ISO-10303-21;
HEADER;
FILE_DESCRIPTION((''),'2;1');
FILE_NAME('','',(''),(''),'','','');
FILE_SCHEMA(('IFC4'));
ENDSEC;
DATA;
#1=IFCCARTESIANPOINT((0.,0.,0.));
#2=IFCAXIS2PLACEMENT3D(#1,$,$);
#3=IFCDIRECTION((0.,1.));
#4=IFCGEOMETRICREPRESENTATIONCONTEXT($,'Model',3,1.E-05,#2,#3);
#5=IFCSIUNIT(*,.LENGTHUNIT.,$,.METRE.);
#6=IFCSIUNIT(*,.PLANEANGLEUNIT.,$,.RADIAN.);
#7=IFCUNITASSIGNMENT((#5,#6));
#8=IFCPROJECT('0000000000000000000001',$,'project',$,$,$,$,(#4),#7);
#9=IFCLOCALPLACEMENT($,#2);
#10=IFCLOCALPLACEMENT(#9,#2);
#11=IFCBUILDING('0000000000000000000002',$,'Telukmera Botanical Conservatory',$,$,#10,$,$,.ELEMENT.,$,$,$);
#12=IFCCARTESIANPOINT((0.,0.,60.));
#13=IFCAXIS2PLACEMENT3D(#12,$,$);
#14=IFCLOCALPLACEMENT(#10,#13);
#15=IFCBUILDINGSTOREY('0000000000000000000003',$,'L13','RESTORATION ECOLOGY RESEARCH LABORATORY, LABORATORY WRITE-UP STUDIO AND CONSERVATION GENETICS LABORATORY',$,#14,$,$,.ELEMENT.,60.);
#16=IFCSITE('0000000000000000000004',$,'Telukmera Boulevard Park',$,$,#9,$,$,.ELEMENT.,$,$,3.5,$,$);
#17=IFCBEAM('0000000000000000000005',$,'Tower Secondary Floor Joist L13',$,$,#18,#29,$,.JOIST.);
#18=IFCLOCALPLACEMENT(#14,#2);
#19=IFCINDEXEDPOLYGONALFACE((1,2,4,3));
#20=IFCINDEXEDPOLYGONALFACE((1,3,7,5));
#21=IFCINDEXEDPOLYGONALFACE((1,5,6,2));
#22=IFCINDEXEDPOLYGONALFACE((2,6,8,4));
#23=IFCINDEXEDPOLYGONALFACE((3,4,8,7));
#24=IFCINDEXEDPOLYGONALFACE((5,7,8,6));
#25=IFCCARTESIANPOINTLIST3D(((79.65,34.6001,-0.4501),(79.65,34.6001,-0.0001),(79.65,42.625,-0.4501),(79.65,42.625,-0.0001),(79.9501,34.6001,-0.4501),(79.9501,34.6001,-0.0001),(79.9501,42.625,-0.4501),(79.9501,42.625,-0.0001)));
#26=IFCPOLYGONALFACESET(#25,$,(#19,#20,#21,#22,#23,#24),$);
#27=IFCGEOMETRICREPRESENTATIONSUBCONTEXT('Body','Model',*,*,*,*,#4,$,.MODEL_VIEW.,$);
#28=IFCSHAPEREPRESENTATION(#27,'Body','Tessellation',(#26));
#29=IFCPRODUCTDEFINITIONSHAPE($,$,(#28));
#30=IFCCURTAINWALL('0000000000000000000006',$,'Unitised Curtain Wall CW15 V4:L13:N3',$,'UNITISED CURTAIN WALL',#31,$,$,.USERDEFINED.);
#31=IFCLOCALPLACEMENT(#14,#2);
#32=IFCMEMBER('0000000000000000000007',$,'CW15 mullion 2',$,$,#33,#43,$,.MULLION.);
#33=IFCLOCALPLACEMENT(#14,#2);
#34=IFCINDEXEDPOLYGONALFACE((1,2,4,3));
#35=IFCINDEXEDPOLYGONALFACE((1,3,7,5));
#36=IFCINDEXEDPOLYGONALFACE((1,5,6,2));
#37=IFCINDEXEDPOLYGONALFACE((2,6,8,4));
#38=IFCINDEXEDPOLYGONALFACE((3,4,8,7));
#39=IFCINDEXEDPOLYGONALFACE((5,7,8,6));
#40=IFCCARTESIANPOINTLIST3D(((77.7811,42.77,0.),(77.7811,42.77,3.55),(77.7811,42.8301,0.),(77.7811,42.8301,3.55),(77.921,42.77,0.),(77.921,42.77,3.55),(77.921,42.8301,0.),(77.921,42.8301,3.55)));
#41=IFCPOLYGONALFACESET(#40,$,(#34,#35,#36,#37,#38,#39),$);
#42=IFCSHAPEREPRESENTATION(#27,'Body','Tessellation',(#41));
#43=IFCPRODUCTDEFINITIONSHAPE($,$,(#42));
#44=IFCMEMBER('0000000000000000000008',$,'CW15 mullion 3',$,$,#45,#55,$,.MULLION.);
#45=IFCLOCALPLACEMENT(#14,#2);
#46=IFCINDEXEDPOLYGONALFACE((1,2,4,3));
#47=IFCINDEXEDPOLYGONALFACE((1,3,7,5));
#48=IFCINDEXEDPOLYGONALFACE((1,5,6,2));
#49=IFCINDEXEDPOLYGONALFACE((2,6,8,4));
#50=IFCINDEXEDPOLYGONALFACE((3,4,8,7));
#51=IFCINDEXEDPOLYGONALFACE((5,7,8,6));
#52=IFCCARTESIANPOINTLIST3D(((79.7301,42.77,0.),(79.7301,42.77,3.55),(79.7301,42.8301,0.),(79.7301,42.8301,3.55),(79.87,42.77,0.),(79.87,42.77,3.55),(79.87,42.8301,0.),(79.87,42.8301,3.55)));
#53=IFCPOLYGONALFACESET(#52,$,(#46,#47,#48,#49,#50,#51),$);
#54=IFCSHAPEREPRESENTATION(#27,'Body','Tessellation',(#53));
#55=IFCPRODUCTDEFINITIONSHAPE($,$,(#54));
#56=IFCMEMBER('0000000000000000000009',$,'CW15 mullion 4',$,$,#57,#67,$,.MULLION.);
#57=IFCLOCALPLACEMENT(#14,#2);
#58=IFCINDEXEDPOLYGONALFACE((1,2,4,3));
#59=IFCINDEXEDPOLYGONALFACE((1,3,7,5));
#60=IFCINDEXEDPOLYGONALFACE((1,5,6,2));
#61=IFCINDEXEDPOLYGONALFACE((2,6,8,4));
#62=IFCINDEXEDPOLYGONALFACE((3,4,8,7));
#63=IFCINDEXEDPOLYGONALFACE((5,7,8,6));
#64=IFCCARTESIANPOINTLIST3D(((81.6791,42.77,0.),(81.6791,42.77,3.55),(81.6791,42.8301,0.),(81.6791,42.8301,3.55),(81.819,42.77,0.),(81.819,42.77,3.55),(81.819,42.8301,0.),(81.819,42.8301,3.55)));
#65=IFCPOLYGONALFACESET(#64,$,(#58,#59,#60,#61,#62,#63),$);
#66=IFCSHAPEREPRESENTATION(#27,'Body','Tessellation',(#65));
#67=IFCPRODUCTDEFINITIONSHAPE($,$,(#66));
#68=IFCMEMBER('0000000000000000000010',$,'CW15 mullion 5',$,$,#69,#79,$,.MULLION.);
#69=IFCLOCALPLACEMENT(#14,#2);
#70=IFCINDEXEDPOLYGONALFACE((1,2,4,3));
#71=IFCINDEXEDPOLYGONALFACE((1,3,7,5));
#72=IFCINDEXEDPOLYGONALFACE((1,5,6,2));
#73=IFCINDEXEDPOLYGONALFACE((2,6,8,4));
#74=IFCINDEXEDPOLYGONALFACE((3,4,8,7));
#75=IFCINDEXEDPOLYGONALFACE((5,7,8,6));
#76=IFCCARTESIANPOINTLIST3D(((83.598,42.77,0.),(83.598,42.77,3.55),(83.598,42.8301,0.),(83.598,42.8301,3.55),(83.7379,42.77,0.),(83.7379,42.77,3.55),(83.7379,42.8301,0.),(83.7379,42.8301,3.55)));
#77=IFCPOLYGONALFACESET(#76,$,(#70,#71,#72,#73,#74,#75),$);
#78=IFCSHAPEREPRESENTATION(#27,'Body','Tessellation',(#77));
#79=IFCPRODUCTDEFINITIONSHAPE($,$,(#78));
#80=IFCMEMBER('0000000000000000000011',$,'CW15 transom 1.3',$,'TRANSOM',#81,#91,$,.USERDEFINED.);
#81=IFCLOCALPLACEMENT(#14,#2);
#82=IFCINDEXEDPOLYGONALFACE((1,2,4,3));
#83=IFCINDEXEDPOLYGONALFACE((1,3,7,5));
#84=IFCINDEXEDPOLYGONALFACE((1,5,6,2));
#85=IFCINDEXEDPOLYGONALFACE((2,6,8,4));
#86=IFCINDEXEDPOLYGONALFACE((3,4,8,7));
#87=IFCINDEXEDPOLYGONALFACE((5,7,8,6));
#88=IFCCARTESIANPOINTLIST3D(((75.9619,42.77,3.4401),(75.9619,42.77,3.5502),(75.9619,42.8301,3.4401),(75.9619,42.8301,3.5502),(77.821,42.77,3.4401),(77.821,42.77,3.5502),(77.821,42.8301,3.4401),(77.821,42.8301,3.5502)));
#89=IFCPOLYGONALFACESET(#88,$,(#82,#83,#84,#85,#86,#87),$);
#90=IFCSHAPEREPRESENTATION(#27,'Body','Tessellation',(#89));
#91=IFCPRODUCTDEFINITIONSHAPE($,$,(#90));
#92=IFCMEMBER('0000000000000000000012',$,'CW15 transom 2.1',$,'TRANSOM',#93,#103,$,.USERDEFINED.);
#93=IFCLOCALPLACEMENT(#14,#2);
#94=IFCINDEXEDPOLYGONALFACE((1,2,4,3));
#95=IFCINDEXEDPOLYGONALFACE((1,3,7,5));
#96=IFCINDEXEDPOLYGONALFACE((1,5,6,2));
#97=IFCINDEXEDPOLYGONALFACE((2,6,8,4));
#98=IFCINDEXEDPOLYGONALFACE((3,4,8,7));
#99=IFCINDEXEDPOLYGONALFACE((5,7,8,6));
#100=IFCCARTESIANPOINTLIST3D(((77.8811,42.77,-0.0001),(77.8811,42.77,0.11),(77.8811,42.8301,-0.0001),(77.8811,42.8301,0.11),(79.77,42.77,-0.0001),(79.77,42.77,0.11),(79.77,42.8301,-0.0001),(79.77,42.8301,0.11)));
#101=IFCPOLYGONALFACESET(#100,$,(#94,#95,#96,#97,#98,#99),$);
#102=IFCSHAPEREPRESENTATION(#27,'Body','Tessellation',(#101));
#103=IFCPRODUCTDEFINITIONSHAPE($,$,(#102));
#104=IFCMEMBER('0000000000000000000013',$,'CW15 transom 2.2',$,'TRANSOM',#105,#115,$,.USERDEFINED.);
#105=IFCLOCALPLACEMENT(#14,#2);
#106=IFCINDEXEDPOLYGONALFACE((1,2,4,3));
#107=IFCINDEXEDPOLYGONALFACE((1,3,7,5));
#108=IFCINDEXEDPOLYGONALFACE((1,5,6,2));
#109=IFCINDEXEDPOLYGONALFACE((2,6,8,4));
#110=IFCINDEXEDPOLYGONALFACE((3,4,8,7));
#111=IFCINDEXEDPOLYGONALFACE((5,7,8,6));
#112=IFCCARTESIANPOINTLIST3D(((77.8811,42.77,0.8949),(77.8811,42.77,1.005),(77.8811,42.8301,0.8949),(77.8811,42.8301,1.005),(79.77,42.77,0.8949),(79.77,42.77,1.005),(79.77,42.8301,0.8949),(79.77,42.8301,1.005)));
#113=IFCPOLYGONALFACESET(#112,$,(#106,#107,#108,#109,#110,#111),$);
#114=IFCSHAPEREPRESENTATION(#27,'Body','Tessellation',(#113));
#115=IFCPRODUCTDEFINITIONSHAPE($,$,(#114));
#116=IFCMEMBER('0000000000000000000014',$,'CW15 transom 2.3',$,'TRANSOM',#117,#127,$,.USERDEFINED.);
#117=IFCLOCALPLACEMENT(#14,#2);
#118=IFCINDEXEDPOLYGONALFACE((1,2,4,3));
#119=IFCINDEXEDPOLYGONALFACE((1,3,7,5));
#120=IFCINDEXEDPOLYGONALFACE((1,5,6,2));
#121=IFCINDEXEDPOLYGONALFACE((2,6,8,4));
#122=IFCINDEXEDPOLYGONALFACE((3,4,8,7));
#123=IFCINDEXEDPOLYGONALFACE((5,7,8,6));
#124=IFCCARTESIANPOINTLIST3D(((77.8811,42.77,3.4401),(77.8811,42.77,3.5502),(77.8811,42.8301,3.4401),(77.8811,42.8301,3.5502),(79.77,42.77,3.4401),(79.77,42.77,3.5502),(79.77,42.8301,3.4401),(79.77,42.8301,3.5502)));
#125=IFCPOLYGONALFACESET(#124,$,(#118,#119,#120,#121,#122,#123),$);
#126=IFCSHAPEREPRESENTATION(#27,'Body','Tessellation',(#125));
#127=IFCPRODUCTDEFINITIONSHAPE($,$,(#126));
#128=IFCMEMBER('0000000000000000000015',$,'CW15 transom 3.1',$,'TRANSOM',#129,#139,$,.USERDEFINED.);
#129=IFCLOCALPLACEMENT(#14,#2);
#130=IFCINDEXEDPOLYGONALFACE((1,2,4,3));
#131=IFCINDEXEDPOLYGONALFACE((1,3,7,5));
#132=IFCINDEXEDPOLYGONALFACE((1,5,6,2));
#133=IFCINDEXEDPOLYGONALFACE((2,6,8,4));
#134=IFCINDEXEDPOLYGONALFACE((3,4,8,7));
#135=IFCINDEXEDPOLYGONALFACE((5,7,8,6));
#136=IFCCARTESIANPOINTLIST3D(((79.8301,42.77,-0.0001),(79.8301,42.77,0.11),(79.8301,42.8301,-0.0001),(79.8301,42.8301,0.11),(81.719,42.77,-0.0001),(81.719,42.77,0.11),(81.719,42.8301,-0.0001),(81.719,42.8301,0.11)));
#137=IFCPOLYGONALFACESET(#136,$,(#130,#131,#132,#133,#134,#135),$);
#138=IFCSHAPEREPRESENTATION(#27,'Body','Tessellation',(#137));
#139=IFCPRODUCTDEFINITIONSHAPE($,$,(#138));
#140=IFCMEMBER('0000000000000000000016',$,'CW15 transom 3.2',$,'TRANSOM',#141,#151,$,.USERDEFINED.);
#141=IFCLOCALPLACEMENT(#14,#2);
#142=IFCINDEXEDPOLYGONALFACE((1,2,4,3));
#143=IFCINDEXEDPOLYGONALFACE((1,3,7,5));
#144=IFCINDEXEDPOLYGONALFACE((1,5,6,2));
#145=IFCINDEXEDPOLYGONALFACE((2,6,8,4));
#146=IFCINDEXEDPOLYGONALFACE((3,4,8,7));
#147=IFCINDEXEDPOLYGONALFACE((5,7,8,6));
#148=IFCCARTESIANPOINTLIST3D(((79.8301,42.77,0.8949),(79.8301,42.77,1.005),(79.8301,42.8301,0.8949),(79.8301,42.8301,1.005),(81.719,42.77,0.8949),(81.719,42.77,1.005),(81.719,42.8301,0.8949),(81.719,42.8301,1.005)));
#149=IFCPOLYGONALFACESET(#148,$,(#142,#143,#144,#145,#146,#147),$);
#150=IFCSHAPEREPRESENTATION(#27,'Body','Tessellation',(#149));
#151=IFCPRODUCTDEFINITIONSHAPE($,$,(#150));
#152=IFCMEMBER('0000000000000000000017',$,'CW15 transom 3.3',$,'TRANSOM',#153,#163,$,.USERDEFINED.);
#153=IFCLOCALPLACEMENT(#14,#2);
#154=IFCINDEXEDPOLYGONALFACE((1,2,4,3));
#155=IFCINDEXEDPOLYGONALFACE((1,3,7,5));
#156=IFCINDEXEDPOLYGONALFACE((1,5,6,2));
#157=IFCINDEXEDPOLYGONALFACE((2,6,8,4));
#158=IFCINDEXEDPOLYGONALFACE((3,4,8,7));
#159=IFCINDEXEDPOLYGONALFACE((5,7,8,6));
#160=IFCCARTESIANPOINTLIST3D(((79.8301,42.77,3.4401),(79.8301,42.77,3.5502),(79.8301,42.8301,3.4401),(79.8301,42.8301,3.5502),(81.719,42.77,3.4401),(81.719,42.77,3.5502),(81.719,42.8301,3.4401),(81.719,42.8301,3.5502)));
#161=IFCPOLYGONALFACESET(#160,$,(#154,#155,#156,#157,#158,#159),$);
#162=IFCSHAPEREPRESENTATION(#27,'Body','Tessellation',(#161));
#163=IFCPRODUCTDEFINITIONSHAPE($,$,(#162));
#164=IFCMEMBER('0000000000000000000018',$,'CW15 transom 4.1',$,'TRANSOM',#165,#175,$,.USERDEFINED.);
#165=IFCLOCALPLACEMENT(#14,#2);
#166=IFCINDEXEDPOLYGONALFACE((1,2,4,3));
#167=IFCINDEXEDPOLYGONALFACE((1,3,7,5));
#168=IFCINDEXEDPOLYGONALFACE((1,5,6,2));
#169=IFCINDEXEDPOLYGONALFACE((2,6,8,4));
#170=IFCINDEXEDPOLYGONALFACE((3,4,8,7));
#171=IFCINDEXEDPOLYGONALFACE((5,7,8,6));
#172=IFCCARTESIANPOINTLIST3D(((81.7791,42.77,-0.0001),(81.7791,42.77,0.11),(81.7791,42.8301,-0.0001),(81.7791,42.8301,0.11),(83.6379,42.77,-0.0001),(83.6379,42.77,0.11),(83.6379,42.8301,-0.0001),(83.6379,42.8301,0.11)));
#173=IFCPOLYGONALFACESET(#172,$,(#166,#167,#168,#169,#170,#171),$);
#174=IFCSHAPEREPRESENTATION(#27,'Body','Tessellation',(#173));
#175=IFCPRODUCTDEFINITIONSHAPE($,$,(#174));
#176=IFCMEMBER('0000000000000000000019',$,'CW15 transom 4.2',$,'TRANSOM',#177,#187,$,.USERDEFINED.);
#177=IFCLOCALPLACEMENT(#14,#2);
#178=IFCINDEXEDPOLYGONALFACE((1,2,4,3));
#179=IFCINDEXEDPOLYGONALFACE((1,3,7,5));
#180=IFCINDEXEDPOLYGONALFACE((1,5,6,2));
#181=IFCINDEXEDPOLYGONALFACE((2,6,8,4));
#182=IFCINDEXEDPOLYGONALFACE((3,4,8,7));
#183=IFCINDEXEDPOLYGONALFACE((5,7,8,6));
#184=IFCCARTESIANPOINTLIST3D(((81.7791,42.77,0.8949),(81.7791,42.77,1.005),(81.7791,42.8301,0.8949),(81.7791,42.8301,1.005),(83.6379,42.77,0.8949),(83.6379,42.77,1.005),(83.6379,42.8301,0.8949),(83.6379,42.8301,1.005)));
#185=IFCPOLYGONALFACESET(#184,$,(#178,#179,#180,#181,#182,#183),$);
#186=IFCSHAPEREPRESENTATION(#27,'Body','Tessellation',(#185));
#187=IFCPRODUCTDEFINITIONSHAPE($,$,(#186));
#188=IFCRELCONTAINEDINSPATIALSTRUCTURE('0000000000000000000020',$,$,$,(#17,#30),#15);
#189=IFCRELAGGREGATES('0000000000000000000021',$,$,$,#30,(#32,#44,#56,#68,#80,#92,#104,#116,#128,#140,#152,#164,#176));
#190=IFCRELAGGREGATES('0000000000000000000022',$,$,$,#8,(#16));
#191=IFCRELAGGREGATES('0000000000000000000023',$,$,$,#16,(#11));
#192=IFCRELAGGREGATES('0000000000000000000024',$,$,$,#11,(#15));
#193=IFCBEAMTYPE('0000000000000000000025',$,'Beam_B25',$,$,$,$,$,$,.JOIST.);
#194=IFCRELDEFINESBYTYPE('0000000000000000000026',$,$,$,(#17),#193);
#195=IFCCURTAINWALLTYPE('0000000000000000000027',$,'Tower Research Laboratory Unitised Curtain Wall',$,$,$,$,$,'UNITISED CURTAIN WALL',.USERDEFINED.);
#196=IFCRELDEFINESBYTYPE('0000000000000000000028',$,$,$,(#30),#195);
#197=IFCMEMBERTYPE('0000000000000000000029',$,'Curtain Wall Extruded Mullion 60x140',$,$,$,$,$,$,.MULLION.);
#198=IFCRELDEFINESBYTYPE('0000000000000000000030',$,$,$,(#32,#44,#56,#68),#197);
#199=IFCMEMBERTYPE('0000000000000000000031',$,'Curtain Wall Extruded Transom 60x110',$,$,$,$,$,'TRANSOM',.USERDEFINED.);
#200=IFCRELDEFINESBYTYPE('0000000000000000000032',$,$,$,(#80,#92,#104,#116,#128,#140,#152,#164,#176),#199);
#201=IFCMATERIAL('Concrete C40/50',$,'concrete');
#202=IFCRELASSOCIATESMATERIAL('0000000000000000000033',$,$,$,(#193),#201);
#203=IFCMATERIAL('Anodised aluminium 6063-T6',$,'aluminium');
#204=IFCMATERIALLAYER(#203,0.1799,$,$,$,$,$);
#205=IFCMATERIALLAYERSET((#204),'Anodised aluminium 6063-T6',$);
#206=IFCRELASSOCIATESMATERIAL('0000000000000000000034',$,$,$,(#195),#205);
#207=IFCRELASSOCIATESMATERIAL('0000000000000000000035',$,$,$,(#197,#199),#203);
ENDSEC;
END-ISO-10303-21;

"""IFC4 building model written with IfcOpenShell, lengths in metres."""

from ifc_helpers import new_model, si_unit, direction, frame, origin, origin_2d, place, context, subcontext, project, spatial, rectangle, extrude, material, layer, layer_set, material_profile, profile_set, type_object, element, aggregate, save


model = new_model("IFC4")

# Units and contexts
model_context = context("Model", 3, precision=1e-05, world=origin(), true_north=direction((0.0, 1.0)))
body_context = subcontext(model_context, "Body", "Model", "MODEL_VIEW")
ifc_project = project(units=[si_unit("LENGTHUNIT", "METRE"), si_unit("PLANEANGLEUNIT", "RADIAN")], contexts=[model_context])

# Site, building, storey
site_placement = place(None, origin())
site = spatial("IfcSite", under=ifc_project, at=site_placement, Name="Telukmera Boulevard Park", CompositionType="ELEMENT", RefElevation=3.5)
building_placement = place(site_placement, origin())
building = spatial("IfcBuilding", under=site, at=building_placement, Name="Telukmera Botanical Conservatory", CompositionType="ELEMENT")
storey_placement = place(building_placement, frame((0.0, 0.0, 60.0)))
storey = spatial("IfcBuildingStorey", under=building, at=storey_placement, Name="L13", Description="RESTORATION ECOLOGY RESEARCH LABORATORY, LABORATORY WRITE-UP STUDIO AND CONSERVATION GENETICS LABORATORY", CompositionType="ELEMENT", Elevation=60.0)

# Beam
ifc_material_1 = material(Name="Concrete C40/50", Category="concrete")
ifc_material_profile_1 = material_profile(ifc_material_1, rectangle(XDim=0.3, YDim=0.45, at=origin_2d()), Name="RC 300x450")
ifc_profile_set_1 = profile_set([ifc_material_profile_1], Name="Concrete C40/50")
beam_type = type_object("IfcBeamType", Name="Beam_B25", PredefinedType="JOIST", material=ifc_profile_set_1)
beam_placement = place(storey_placement, frame((79.8, 34.6001, -0.2251), z_axis=(0.0, 1.0, 0.0), x_axis=(-1.0, 0.0, 0.0)))
element("IfcBeam", 1, at=beam_placement, inside=storey, type_object=beam_type, Name="Tower Secondary Floor Joist L13", PredefinedType="JOIST", context=body_context, shape_type="SweptSolid", body=[
    extrude(rectangle(XDim=0.3, YDim=0.45, at=origin_2d()), origin(), (0.0, 0.0, 1.0), 8.0249),
])

# Curtain wall, members
ifc_material_2 = material(Name="Anodised aluminium 6063-T6", Category="aluminium")
ifc_layer_1 = layer(ifc_material_2, 0.1799)
ifc_layer_set_1 = layer_set([ifc_layer_1], Name="Anodised aluminium 6063-T6")
curtain_wall_type = type_object("IfcCurtainWallType", Name="Tower Research Laboratory Unitised Curtain Wall", ElementType="UNITISED CURTAIN WALL", PredefinedType="USERDEFINED", material=ifc_layer_set_1)
curtain_wall_placement = place(storey_placement, origin())
curtain_wall = element("IfcCurtainWall", 2, at=curtain_wall_placement, inside=storey, type_object=curtain_wall_type, Name="Unitised Curtain Wall CW15 V4:L13:N3", ObjectType="UNITISED CURTAIN WALL", PredefinedType="USERDEFINED")
ifc_material_profile_2 = material_profile(ifc_material_2, rectangle(XDim=0.0601, YDim=0.1399, at=origin_2d()), Name="ALU MULL 60x140")
ifc_profile_set_2 = profile_set([ifc_material_profile_2], Name="Anodised aluminium 6063-T6")
member_type_1 = type_object("IfcMemberType", Name="Curtain Wall Extruded Mullion 60x140", PredefinedType="MULLION", material=ifc_profile_set_2)
member_1_placement = place(storey_placement, frame((77.8511, 42.8, 0.0), z_axis=(0.0, 0.0, 1.0), x_axis=(0.0, 1.0, 0.0)))
member_1 = element("IfcMember", 3, at=member_1_placement, type_object=member_type_1, Name="CW15 mullion 2", PredefinedType="MULLION", context=body_context, shape_type="SweptSolid", body=[
    extrude(rectangle(XDim=0.0601, YDim=0.1399, at=origin_2d()), origin(), (0.0, 0.0, 1.0), 3.55),
])
member_2_placement = place(storey_placement, frame((79.8, 42.8, 0.0), z_axis=(0.0, 0.0, 1.0), x_axis=(0.0, 1.0, 0.0)))
member_2 = element("IfcMember", 4, at=member_2_placement, type_object=member_type_1, Name="CW15 mullion 3", PredefinedType="MULLION", context=body_context, shape_type="SweptSolid", body=[
    extrude(rectangle(XDim=0.0601, YDim=0.1399, at=origin_2d()), origin(), (0.0, 0.0, 1.0), 3.55),
])
member_3_placement = place(storey_placement, frame((81.749, 42.8, 0.0), z_axis=(0.0, 0.0, 1.0), x_axis=(0.0, 1.0, 0.0)))
member_3 = element("IfcMember", 5, at=member_3_placement, type_object=member_type_1, Name="CW15 mullion 4", PredefinedType="MULLION", context=body_context, shape_type="SweptSolid", body=[
    extrude(rectangle(XDim=0.0601, YDim=0.1399, at=origin_2d()), origin(), (0.0, 0.0, 1.0), 3.55),
])
member_4_placement = place(storey_placement, frame((83.668, 42.8, 0.0), z_axis=(0.0, 0.0, 1.0), x_axis=(0.0, 1.0, 0.0)))
member_4 = element("IfcMember", 6, at=member_4_placement, type_object=member_type_1, Name="CW15 mullion 5", PredefinedType="MULLION", context=body_context, shape_type="SweptSolid", body=[
    extrude(rectangle(XDim=0.0601, YDim=0.1399, at=origin_2d()), origin(), (0.0, 0.0, 1.0), 3.55),
])
ifc_material_profile_3 = material_profile(ifc_material_2, rectangle(XDim=0.0601, YDim=0.1101, at=origin_2d()), Name="ALU TRAN 60x110")
ifc_profile_set_3 = profile_set([ifc_material_profile_3], Name="Anodised aluminium 6063-T6")
member_type_2 = type_object("IfcMemberType", Name="Curtain Wall Extruded Transom 60x110", ElementType="TRANSOM", PredefinedType="USERDEFINED", material=ifc_profile_set_3)
member_5_placement = place(storey_placement, frame((75.9619, 42.8, 3.4951), z_axis=(1.0, 0.0, 0.0), x_axis=(0.0, 1.0, 0.0)))
member_5 = element("IfcMember", 7, at=member_5_placement, type_object=member_type_2, Name="CW15 transom 1.3", ObjectType="TRANSOM", PredefinedType="USERDEFINED", context=body_context, shape_type="SweptSolid", body=[
    extrude(rectangle(XDim=0.0601, YDim=0.1101, at=origin_2d()), origin(), (0.0, 0.0, 1.0), 1.8591),
])
member_6_placement = place(storey_placement, frame((77.8811, 42.8, 0.0549), z_axis=(1.0, 0.0, 0.0), x_axis=(0.0, 1.0, 0.0)))
member_6 = element("IfcMember", 8, at=member_6_placement, type_object=member_type_2, Name="CW15 transom 2.1", ObjectType="TRANSOM", PredefinedType="USERDEFINED", context=body_context, shape_type="SweptSolid", body=[
    extrude(rectangle(XDim=0.0601, YDim=0.1101, at=origin_2d()), origin(), (0.0, 0.0, 1.0), 1.8889),
])
member_7_placement = place(storey_placement, frame((77.8811, 42.8, 0.95), z_axis=(1.0, 0.0, 0.0), x_axis=(0.0, 1.0, 0.0)))
member_7 = element("IfcMember", 9, at=member_7_placement, type_object=member_type_2, Name="CW15 transom 2.2", ObjectType="TRANSOM", PredefinedType="USERDEFINED", context=body_context, shape_type="SweptSolid", body=[
    extrude(rectangle(XDim=0.0601, YDim=0.1101, at=origin_2d()), origin(), (0.0, 0.0, 1.0), 1.8889),
])
member_8_placement = place(storey_placement, frame((77.8811, 42.8, 3.4951), z_axis=(1.0, 0.0, 0.0), x_axis=(0.0, 1.0, 0.0)))
member_8 = element("IfcMember", 10, at=member_8_placement, type_object=member_type_2, Name="CW15 transom 2.3", ObjectType="TRANSOM", PredefinedType="USERDEFINED", context=body_context, shape_type="SweptSolid", body=[
    extrude(rectangle(XDim=0.0601, YDim=0.1101, at=origin_2d()), origin(), (0.0, 0.0, 1.0), 1.8889),
])
member_9_placement = place(storey_placement, frame((79.8301, 42.8, 0.0549), z_axis=(1.0, 0.0, 0.0), x_axis=(0.0, 1.0, 0.0)))
member_9 = element("IfcMember", 11, at=member_9_placement, type_object=member_type_2, Name="CW15 transom 3.1", ObjectType="TRANSOM", PredefinedType="USERDEFINED", context=body_context, shape_type="SweptSolid", body=[
    extrude(rectangle(XDim=0.0601, YDim=0.1101, at=origin_2d()), origin(), (0.0, 0.0, 1.0), 1.8889),
])
member_10_placement = place(storey_placement, frame((79.8301, 42.8, 0.95), z_axis=(1.0, 0.0, 0.0), x_axis=(0.0, 1.0, 0.0)))
member_10 = element("IfcMember", 12, at=member_10_placement, type_object=member_type_2, Name="CW15 transom 3.2", ObjectType="TRANSOM", PredefinedType="USERDEFINED", context=body_context, shape_type="SweptSolid", body=[
    extrude(rectangle(XDim=0.0601, YDim=0.1101, at=origin_2d()), origin(), (0.0, 0.0, 1.0), 1.8889),
])
member_11_placement = place(storey_placement, frame((79.8301, 42.8, 3.4951), z_axis=(1.0, 0.0, 0.0), x_axis=(0.0, 1.0, 0.0)))
member_11 = element("IfcMember", 13, at=member_11_placement, type_object=member_type_2, Name="CW15 transom 3.3", ObjectType="TRANSOM", PredefinedType="USERDEFINED", context=body_context, shape_type="SweptSolid", body=[
    extrude(rectangle(XDim=0.0601, YDim=0.1101, at=origin_2d()), origin(), (0.0, 0.0, 1.0), 1.8889),
])
member_12_placement = place(storey_placement, frame((81.7791, 42.8, 0.0549), z_axis=(1.0, 0.0, 0.0), x_axis=(0.0, 1.0, 0.0)))
member_12 = element("IfcMember", 14, at=member_12_placement, type_object=member_type_2, Name="CW15 transom 4.1", ObjectType="TRANSOM", PredefinedType="USERDEFINED", context=body_context, shape_type="SweptSolid", body=[
    extrude(rectangle(XDim=0.0601, YDim=0.1101, at=origin_2d()), origin(), (0.0, 0.0, 1.0), 1.8589),
])
member_13_placement = place(storey_placement, frame((81.7791, 42.8, 0.95), z_axis=(1.0, 0.0, 0.0), x_axis=(0.0, 1.0, 0.0)))
member_13 = element("IfcMember", 15, at=member_13_placement, type_object=member_type_2, Name="CW15 transom 4.2", ObjectType="TRANSOM", PredefinedType="USERDEFINED", context=body_context, shape_type="SweptSolid", body=[
    extrude(rectangle(XDim=0.0601, YDim=0.1101, at=origin_2d()), origin(), (0.0, 0.0, 1.0), 1.8589),
])
aggregate(curtain_wall, [member_1, member_2, member_3, member_4, member_5, member_6, member_7, member_8, member_9, member_10, member_11, member_12, member_13])

save(model, "model.ifc")
